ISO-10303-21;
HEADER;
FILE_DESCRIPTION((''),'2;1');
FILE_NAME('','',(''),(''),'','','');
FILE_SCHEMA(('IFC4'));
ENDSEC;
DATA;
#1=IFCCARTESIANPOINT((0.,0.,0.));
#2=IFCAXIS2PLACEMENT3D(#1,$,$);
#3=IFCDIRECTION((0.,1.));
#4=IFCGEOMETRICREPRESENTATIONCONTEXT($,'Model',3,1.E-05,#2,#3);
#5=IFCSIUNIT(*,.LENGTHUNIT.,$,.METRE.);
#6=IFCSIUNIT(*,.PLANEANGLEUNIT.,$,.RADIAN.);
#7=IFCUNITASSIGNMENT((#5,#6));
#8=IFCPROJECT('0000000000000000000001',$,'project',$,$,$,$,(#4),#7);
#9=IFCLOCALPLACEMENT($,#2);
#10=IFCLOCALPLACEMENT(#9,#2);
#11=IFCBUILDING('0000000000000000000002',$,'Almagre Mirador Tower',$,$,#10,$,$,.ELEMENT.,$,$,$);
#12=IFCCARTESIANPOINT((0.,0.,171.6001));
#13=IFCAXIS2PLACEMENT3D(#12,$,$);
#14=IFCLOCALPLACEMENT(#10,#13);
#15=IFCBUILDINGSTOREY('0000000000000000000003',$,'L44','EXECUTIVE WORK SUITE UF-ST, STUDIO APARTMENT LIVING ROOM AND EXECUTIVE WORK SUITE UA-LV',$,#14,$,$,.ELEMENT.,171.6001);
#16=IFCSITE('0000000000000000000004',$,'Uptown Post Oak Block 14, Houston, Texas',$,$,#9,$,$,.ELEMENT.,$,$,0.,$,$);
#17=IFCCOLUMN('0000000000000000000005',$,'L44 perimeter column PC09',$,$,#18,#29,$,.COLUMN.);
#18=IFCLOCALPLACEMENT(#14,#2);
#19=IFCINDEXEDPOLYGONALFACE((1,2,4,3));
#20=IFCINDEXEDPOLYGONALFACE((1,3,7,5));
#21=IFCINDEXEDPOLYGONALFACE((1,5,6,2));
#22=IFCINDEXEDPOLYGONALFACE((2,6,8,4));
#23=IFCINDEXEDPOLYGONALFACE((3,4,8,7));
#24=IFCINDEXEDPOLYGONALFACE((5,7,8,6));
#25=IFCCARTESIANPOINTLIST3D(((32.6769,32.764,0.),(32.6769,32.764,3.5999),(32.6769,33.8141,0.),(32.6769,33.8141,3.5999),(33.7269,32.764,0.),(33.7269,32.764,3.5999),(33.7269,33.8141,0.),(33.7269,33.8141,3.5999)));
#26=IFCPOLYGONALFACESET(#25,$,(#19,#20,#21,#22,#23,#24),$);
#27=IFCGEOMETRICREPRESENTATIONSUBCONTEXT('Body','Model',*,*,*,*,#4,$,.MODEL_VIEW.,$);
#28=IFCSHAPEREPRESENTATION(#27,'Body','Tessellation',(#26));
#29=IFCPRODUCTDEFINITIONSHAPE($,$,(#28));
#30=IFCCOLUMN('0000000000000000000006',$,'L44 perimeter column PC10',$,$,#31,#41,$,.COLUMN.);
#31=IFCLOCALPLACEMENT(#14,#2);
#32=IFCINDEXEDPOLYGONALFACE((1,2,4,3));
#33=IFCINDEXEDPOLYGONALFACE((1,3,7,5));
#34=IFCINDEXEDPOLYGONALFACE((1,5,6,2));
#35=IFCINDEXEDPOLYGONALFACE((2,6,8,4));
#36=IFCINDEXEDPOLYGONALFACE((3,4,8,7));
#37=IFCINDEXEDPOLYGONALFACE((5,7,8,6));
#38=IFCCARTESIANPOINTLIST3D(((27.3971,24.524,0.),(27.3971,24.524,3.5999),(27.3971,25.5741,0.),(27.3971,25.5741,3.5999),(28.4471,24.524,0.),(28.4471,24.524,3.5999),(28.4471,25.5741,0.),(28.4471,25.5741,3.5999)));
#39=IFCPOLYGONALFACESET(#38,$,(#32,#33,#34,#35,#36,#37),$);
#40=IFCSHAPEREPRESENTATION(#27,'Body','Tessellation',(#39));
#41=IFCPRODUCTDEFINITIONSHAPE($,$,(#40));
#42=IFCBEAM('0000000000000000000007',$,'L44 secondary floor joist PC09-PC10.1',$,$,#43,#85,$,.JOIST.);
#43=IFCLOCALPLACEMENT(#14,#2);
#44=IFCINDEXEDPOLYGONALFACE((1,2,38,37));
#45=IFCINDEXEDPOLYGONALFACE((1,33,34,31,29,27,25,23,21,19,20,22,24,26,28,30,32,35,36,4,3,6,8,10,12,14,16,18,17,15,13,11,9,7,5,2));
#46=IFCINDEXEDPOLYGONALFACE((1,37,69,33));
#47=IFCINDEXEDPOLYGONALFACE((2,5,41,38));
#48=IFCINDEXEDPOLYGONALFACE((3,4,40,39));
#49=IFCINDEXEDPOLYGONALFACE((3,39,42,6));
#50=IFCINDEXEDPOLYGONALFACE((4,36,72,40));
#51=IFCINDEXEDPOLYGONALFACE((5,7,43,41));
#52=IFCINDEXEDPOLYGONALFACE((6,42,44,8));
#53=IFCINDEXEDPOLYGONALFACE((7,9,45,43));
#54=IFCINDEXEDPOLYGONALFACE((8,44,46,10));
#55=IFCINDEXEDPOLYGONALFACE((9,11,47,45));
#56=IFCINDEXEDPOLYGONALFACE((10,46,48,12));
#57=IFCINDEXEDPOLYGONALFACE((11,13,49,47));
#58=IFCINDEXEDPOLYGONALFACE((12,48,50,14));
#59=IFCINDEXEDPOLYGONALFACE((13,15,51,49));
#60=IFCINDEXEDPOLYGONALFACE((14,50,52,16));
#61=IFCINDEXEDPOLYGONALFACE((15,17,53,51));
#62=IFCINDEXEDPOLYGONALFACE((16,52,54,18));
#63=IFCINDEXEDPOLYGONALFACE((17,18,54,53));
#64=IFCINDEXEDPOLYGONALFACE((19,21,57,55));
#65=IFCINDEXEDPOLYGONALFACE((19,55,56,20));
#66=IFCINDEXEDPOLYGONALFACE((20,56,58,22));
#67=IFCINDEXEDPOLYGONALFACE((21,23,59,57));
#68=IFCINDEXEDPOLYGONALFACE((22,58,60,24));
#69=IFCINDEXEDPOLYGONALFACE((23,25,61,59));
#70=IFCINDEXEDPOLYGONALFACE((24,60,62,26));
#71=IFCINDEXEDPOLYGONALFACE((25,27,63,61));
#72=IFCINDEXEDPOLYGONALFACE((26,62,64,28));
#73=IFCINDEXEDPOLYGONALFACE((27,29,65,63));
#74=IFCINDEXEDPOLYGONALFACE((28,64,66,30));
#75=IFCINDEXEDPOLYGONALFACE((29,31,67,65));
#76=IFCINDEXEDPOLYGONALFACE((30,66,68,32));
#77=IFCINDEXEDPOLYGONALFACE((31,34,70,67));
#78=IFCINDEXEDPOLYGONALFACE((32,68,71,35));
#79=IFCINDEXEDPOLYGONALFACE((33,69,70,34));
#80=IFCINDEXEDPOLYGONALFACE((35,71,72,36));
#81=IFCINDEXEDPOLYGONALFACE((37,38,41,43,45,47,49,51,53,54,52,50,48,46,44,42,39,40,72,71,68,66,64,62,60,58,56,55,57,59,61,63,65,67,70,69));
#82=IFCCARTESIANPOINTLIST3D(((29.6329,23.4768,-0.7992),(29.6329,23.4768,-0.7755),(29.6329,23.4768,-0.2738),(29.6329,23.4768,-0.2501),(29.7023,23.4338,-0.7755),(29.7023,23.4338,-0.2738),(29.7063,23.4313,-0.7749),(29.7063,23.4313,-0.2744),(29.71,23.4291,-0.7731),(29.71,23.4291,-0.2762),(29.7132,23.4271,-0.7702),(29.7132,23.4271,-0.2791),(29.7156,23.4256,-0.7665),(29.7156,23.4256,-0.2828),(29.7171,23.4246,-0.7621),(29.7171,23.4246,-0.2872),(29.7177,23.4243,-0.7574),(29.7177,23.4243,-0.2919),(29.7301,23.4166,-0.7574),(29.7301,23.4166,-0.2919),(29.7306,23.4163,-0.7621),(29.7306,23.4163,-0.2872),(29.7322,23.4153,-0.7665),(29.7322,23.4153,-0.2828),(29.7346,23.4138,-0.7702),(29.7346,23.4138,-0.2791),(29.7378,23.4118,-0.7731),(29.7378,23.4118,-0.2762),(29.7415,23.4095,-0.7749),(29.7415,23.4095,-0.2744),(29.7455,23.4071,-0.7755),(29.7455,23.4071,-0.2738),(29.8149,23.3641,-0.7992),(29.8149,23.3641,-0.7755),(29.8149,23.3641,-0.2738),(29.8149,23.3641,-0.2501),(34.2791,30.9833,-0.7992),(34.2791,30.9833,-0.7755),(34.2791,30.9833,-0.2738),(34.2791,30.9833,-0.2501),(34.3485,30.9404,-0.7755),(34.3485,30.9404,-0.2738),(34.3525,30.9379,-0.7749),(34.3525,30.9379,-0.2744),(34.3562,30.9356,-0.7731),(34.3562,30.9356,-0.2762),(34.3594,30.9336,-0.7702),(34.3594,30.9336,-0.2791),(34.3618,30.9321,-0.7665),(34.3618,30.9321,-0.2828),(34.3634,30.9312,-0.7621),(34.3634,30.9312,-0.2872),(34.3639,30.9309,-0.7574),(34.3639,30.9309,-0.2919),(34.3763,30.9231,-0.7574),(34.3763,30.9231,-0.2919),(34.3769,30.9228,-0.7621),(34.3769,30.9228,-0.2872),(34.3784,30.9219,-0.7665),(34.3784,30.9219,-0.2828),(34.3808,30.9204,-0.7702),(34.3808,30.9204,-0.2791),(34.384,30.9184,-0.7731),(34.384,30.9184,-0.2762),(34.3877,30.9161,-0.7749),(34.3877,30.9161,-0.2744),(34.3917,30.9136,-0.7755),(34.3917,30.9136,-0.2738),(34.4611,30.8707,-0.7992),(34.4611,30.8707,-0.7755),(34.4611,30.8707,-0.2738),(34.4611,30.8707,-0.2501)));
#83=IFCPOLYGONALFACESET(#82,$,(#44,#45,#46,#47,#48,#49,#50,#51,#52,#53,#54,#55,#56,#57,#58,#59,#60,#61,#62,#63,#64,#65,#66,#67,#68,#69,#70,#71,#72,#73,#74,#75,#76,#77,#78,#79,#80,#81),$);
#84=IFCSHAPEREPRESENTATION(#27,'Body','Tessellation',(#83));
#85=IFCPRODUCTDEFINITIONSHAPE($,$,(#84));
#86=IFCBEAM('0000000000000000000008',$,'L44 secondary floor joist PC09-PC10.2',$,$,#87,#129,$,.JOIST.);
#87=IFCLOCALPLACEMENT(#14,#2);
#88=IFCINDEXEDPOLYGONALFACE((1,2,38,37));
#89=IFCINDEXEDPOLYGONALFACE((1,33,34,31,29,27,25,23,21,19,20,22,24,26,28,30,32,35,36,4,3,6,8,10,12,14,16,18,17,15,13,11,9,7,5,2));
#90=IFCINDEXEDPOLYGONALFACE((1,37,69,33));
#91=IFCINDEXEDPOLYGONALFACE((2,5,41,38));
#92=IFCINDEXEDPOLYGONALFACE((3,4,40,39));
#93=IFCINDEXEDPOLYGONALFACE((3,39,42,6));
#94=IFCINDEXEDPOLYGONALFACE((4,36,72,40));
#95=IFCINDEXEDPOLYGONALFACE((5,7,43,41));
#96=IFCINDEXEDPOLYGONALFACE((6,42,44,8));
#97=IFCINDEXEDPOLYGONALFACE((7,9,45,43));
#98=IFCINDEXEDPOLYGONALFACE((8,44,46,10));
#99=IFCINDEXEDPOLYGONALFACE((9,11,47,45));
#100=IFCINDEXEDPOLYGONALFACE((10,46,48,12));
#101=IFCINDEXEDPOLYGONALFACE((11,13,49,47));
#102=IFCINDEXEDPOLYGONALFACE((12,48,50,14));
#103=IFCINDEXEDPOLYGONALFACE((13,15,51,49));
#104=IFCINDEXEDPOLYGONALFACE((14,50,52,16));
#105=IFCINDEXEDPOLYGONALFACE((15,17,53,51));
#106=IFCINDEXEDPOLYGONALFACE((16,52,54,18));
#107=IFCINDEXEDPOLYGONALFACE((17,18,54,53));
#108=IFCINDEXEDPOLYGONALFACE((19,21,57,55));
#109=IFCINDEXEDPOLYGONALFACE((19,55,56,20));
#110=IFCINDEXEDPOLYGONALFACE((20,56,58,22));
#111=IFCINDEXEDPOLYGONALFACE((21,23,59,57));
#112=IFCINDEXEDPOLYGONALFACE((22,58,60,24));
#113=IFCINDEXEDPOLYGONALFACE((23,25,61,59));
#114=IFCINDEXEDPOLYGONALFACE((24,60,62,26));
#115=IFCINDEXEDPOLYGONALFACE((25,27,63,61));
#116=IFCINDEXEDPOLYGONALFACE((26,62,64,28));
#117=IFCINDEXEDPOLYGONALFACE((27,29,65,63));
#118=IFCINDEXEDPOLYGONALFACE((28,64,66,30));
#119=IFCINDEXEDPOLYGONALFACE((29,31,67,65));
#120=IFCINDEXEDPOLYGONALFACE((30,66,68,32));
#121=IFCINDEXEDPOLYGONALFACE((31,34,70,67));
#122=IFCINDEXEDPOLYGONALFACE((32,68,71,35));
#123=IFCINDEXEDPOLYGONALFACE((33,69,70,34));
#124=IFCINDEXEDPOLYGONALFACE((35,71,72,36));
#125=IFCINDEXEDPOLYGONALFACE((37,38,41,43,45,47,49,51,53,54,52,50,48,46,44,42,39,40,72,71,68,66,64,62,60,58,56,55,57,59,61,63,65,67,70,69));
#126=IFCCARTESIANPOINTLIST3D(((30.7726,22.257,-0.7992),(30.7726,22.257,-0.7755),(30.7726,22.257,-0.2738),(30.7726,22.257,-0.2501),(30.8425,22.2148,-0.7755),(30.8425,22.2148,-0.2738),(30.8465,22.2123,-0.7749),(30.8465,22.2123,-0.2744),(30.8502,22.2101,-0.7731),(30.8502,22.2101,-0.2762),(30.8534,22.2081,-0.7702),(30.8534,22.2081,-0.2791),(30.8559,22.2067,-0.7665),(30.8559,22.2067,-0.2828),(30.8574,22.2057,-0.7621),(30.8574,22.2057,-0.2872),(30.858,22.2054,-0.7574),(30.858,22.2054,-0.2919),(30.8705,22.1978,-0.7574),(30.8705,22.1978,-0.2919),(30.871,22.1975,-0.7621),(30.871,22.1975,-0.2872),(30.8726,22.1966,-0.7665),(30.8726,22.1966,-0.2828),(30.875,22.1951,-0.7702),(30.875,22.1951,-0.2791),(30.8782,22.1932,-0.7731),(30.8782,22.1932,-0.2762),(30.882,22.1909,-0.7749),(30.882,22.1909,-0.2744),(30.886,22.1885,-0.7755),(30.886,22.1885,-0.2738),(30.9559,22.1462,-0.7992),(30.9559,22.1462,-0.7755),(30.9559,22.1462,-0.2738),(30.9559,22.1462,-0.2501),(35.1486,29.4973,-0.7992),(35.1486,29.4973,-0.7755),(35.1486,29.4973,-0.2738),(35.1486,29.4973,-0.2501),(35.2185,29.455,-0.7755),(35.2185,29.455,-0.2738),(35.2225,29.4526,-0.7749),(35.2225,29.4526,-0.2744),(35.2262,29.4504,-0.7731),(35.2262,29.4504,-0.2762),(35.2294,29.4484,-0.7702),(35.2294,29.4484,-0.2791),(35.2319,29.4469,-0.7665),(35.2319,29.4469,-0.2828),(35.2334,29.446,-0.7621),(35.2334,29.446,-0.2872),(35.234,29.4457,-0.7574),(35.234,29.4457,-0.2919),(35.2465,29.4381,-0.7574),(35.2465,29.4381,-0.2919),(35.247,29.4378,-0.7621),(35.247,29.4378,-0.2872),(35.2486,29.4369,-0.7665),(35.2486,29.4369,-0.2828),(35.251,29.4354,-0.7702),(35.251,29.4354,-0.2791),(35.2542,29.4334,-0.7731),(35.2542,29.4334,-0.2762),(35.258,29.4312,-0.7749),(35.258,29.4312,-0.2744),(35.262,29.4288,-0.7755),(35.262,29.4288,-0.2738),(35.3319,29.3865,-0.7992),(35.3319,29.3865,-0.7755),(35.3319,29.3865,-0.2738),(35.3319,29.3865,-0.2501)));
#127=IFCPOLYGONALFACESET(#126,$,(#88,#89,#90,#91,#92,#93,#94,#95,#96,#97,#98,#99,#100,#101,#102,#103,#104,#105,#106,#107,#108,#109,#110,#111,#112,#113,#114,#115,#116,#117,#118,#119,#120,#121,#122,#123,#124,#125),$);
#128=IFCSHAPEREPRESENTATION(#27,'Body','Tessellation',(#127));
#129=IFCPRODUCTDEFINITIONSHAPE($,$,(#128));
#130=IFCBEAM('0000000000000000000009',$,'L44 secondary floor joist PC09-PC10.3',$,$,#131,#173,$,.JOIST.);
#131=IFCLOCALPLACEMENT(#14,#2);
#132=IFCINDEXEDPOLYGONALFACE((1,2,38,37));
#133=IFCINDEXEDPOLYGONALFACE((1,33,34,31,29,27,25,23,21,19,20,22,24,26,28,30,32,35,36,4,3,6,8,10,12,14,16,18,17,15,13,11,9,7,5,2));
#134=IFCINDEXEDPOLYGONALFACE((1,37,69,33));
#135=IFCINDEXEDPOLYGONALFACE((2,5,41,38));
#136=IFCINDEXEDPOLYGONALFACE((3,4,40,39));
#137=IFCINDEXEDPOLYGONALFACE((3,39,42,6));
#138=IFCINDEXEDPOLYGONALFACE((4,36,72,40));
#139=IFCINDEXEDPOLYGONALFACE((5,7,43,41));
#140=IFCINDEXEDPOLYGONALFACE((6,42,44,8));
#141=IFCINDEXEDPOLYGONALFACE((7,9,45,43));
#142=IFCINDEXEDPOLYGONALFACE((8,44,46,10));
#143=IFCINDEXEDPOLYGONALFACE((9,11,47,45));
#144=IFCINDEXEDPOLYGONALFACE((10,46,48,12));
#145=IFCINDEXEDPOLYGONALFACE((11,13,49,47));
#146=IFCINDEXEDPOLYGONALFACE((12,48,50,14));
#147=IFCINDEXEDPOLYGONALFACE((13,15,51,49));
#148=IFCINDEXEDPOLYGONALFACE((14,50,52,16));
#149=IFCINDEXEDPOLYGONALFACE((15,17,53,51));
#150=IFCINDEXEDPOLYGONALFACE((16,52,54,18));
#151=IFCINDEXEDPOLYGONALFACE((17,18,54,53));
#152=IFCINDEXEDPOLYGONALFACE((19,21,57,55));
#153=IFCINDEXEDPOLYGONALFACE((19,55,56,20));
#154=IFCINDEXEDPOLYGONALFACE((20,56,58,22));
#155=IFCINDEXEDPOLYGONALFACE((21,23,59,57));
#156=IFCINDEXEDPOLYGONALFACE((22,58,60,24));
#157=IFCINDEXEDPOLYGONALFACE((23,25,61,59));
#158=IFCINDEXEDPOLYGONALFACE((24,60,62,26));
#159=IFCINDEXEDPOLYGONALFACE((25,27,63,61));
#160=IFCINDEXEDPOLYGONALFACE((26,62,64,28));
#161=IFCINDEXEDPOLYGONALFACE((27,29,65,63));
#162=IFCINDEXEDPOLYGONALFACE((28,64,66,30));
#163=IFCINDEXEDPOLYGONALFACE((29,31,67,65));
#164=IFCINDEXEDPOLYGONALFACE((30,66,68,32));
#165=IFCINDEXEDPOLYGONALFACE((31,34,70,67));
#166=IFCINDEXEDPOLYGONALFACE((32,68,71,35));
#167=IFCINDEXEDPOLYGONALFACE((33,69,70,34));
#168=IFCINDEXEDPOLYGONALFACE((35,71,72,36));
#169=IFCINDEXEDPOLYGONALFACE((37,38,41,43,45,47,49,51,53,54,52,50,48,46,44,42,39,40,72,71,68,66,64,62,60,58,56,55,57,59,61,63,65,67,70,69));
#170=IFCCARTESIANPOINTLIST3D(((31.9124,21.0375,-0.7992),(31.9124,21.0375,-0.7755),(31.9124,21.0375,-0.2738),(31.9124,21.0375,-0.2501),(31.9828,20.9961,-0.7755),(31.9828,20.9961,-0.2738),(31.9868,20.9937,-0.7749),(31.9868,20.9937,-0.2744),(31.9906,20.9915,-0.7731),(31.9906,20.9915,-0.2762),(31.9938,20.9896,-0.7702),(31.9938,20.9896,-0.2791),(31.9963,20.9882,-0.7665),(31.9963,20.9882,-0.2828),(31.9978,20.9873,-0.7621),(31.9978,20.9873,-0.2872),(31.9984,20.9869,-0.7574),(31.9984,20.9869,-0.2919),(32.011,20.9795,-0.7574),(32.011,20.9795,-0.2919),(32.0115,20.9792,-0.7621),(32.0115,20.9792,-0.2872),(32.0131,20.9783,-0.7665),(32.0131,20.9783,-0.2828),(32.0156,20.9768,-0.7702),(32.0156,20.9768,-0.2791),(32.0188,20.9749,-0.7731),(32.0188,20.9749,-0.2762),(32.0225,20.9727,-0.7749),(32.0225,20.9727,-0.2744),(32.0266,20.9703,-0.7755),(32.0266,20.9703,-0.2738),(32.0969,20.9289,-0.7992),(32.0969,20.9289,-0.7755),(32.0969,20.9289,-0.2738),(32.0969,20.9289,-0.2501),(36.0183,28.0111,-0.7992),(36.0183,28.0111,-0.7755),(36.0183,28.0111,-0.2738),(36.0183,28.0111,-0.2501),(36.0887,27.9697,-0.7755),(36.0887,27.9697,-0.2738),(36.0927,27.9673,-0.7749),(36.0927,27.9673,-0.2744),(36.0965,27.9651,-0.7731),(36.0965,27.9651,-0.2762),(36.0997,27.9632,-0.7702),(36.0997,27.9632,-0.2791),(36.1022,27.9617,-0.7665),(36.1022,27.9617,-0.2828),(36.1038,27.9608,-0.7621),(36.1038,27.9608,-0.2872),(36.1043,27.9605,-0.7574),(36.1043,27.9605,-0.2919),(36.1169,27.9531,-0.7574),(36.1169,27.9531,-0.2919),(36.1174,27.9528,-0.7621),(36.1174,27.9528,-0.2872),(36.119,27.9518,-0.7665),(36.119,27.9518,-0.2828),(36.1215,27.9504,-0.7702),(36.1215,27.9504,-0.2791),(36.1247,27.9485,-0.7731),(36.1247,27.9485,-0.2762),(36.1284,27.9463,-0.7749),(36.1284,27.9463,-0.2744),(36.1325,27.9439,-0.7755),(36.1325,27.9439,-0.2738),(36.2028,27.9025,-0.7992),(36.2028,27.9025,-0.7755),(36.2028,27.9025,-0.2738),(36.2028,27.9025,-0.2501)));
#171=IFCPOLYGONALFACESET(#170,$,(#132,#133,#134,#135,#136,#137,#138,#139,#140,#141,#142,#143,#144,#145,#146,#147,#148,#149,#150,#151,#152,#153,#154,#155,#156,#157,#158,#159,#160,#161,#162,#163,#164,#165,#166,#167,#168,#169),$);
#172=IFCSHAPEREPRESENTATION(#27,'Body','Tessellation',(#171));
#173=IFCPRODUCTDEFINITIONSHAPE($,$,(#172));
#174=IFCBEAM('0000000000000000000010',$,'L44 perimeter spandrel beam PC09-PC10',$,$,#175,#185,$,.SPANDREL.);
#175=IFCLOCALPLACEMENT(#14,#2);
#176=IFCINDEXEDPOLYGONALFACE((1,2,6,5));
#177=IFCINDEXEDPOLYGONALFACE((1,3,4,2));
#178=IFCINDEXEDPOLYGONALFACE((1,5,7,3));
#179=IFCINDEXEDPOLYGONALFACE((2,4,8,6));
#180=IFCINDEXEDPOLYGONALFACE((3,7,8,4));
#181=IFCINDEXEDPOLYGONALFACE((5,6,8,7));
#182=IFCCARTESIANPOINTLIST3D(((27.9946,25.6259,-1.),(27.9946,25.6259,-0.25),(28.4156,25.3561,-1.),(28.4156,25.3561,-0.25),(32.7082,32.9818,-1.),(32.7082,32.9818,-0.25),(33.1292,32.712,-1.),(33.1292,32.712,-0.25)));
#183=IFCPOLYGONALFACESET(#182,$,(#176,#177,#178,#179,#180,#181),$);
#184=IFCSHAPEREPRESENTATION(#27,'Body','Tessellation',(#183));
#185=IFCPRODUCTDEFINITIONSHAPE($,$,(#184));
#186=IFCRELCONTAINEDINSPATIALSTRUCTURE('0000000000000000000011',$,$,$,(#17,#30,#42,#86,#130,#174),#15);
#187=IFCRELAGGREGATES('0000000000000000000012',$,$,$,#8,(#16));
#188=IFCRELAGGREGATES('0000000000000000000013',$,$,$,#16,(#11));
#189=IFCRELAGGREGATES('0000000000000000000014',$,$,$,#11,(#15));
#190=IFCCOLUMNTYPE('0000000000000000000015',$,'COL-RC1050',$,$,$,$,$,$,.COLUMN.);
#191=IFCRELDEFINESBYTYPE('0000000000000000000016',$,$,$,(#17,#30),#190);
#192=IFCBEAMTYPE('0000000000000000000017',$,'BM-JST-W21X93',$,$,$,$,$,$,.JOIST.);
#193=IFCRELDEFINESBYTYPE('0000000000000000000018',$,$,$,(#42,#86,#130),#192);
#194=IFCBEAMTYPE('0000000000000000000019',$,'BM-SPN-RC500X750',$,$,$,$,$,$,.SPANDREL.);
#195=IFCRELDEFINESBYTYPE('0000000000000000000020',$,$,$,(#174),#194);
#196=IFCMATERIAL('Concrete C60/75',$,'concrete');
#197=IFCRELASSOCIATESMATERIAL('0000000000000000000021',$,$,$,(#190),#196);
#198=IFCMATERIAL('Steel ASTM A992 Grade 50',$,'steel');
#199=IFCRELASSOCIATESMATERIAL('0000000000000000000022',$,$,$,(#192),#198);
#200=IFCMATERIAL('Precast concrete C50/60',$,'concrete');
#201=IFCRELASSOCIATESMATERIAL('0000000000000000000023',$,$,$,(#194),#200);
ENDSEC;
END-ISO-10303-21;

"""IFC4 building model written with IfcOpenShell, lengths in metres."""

from ifc_helpers import new_model, si_unit, direction, frame, origin, origin_2d, place, context, subcontext, project, spatial, rectangle, i_section, extrude, material, material_profile, profile_set, type_object, element, save


model = new_model("IFC4")

# Units and contexts
model_context = context("Model", 3, precision=1e-05, world=origin(), true_north=direction((0.0, 1.0)))
body_context = subcontext(model_context, "Body", "Model", "MODEL_VIEW")
ifc_project = project(units=[si_unit("LENGTHUNIT", "METRE"), si_unit("PLANEANGLEUNIT", "RADIAN")], contexts=[model_context])

# Site, building, storey
site_placement = place(None, origin())
site = spatial("IfcSite", under=ifc_project, at=site_placement, Name="Uptown Post Oak Block 14, Houston, Texas", CompositionType="ELEMENT", RefElevation=0.0)
building_placement = place(site_placement, origin())
building = spatial("IfcBuilding", under=site, at=building_placement, Name="Almagre Mirador Tower", CompositionType="ELEMENT")
storey_placement = place(building_placement, frame((0.0, 0.0, 171.6001)))
storey = spatial("IfcBuildingStorey", under=building, at=storey_placement, Name="L44", Description="EXECUTIVE WORK SUITE UF-ST, STUDIO APARTMENT LIVING ROOM AND EXECUTIVE WORK SUITE UA-LV", CompositionType="ELEMENT", Elevation=171.6001)

# Columns
ifc_material_1 = material(Name="Concrete C60/75", Category="concrete")
ifc_material_profile_1 = material_profile(ifc_material_1, rectangle(XDim=1.05, YDim=1.05, at=origin_2d()), Name="RC1050X1050")
ifc_profile_set_1 = profile_set([ifc_material_profile_1], Name="Concrete C60/75")
column_type = type_object("IfcColumnType", Name="COL-RC1050", PredefinedType="COLUMN", material=ifc_profile_set_1)
for number, where, z_axis, x_axis, name in (
    (1, (33.2019, 33.2891, 0.0), (0.0, 0.0, 1.0), (1.0, 0.0, 0.0), "L44 perimeter column PC09"),
    (2, (27.9221, 25.0491, 0.0), (0.0, 0.0, 1.0), (1.0, 0.0, 0.0), "L44 perimeter column PC10"),
):
    element("IfcColumn", number, at=place(storey_placement, frame(where, z_axis=z_axis, x_axis=x_axis)), inside=storey, type_object=column_type, Name=name, PredefinedType="COLUMN", context=body_context, shape_type="SweptSolid", body=[
        extrude(rectangle(XDim=1.05, YDim=1.05, at=origin_2d()), origin(), (0.0, 0.0, 1.0), 3.5999),
    ])

# Beams
ifc_material_2 = material(Name="Steel ASTM A992 Grade 50", Category="steel")
ifc_material_profile_2 = material_profile(ifc_material_2, i_section(OverallWidth=0.2141, OverallDepth=0.5491, WebThickness=0.0146, FlangeThickness=0.0237, FilletRadius=0.0181, at=origin_2d()), Name="W21X93")
ifc_profile_set_2 = profile_set([ifc_material_profile_2], Name="Steel ASTM A992 Grade 50")
beam_type_1 = type_object("IfcBeamType", Name="BM-JST-W21X93", PredefinedType="JOIST", material=ifc_profile_set_2)
beam_1_placement = place(storey_placement, frame((34.3701, 30.927, -0.5247), z_axis=(-0.526297, -0.850301, 0.0), x_axis=(0.850301, -0.526297, 0.0)))
element("IfcBeam", 3, at=beam_1_placement, inside=storey, type_object=beam_type_1, Name="L44 secondary floor joist PC09-PC10.1", PredefinedType="JOIST", context=body_context, shape_type="SweptSolid", body=[
    extrude(i_section(OverallWidth=0.2141, OverallDepth=0.5491, WebThickness=0.0146, FlangeThickness=0.0237, FilletRadius=0.0181, at=origin_2d()), origin(), (0.0, 0.0, 1.0), 8.8281),
])
beam_2_placement = place(storey_placement, frame((35.2402, 29.4419, -0.5247), z_axis=(-0.51726, -0.855828, 0.0), x_axis=(0.855828, -0.51726, 0.0)))
element("IfcBeam", 4, at=beam_2_placement, inside=storey, type_object=beam_type_1, Name="L44 secondary floor joist PC09-PC10.2", PredefinedType="JOIST", context=body_context, shape_type="SweptSolid", body=[
    extrude(i_section(OverallWidth=0.2141, OverallDepth=0.5491, WebThickness=0.0146, FlangeThickness=0.0237, FilletRadius=0.0181, at=origin_2d()), origin(), (0.0, 0.0, 1.0), 8.46),
])
beam_3_placement = place(storey_placement, frame((36.1106, 27.9568, -0.5247), z_axis=(-0.507371, -0.861728, 0.0), x_axis=(0.861728, -0.507371, 0.0)))
element("IfcBeam", 5, at=beam_3_placement, inside=storey, type_object=beam_type_1, Name="L44 secondary floor joist PC09-PC10.3", PredefinedType="JOIST", context=body_context, shape_type="SweptSolid", body=[
    extrude(i_section(OverallWidth=0.2141, OverallDepth=0.5491, WebThickness=0.0146, FlangeThickness=0.0237, FilletRadius=0.0181, at=origin_2d()), origin(), (0.0, 0.0, 1.0), 8.0925),
])
ifc_material_3 = material(Name="Precast concrete C50/60", Category="concrete")
ifc_material_profile_3 = material_profile(ifc_material_3, rectangle(XDim=0.5, YDim=0.75, at=origin_2d()), Name="RC500X750")
ifc_profile_set_3 = profile_set([ifc_material_profile_3], Name="Precast concrete C50/60")
beam_type_2 = type_object("IfcBeamType", Name="BM-SPN-RC500X750", PredefinedType="SPANDREL", material=ifc_profile_set_3)
beam_4_placement = place(storey_placement, frame((32.9187, 32.8469, -0.625), z_axis=(-0.539525, -0.841969, 0.0), x_axis=(0.841969, -0.539525, 0.0)))
element("IfcBeam", 6, at=beam_4_placement, inside=storey, type_object=beam_type_2, Name="L44 perimeter spandrel beam PC09-PC10", PredefinedType="SPANDREL", context=body_context, shape_type="SweptSolid", body=[
    extrude(rectangle(XDim=0.5, YDim=0.75, at=origin_2d()), origin(), (0.0, 0.0, 1.0), 8.7366),
])

save(model, "model.ifc")
